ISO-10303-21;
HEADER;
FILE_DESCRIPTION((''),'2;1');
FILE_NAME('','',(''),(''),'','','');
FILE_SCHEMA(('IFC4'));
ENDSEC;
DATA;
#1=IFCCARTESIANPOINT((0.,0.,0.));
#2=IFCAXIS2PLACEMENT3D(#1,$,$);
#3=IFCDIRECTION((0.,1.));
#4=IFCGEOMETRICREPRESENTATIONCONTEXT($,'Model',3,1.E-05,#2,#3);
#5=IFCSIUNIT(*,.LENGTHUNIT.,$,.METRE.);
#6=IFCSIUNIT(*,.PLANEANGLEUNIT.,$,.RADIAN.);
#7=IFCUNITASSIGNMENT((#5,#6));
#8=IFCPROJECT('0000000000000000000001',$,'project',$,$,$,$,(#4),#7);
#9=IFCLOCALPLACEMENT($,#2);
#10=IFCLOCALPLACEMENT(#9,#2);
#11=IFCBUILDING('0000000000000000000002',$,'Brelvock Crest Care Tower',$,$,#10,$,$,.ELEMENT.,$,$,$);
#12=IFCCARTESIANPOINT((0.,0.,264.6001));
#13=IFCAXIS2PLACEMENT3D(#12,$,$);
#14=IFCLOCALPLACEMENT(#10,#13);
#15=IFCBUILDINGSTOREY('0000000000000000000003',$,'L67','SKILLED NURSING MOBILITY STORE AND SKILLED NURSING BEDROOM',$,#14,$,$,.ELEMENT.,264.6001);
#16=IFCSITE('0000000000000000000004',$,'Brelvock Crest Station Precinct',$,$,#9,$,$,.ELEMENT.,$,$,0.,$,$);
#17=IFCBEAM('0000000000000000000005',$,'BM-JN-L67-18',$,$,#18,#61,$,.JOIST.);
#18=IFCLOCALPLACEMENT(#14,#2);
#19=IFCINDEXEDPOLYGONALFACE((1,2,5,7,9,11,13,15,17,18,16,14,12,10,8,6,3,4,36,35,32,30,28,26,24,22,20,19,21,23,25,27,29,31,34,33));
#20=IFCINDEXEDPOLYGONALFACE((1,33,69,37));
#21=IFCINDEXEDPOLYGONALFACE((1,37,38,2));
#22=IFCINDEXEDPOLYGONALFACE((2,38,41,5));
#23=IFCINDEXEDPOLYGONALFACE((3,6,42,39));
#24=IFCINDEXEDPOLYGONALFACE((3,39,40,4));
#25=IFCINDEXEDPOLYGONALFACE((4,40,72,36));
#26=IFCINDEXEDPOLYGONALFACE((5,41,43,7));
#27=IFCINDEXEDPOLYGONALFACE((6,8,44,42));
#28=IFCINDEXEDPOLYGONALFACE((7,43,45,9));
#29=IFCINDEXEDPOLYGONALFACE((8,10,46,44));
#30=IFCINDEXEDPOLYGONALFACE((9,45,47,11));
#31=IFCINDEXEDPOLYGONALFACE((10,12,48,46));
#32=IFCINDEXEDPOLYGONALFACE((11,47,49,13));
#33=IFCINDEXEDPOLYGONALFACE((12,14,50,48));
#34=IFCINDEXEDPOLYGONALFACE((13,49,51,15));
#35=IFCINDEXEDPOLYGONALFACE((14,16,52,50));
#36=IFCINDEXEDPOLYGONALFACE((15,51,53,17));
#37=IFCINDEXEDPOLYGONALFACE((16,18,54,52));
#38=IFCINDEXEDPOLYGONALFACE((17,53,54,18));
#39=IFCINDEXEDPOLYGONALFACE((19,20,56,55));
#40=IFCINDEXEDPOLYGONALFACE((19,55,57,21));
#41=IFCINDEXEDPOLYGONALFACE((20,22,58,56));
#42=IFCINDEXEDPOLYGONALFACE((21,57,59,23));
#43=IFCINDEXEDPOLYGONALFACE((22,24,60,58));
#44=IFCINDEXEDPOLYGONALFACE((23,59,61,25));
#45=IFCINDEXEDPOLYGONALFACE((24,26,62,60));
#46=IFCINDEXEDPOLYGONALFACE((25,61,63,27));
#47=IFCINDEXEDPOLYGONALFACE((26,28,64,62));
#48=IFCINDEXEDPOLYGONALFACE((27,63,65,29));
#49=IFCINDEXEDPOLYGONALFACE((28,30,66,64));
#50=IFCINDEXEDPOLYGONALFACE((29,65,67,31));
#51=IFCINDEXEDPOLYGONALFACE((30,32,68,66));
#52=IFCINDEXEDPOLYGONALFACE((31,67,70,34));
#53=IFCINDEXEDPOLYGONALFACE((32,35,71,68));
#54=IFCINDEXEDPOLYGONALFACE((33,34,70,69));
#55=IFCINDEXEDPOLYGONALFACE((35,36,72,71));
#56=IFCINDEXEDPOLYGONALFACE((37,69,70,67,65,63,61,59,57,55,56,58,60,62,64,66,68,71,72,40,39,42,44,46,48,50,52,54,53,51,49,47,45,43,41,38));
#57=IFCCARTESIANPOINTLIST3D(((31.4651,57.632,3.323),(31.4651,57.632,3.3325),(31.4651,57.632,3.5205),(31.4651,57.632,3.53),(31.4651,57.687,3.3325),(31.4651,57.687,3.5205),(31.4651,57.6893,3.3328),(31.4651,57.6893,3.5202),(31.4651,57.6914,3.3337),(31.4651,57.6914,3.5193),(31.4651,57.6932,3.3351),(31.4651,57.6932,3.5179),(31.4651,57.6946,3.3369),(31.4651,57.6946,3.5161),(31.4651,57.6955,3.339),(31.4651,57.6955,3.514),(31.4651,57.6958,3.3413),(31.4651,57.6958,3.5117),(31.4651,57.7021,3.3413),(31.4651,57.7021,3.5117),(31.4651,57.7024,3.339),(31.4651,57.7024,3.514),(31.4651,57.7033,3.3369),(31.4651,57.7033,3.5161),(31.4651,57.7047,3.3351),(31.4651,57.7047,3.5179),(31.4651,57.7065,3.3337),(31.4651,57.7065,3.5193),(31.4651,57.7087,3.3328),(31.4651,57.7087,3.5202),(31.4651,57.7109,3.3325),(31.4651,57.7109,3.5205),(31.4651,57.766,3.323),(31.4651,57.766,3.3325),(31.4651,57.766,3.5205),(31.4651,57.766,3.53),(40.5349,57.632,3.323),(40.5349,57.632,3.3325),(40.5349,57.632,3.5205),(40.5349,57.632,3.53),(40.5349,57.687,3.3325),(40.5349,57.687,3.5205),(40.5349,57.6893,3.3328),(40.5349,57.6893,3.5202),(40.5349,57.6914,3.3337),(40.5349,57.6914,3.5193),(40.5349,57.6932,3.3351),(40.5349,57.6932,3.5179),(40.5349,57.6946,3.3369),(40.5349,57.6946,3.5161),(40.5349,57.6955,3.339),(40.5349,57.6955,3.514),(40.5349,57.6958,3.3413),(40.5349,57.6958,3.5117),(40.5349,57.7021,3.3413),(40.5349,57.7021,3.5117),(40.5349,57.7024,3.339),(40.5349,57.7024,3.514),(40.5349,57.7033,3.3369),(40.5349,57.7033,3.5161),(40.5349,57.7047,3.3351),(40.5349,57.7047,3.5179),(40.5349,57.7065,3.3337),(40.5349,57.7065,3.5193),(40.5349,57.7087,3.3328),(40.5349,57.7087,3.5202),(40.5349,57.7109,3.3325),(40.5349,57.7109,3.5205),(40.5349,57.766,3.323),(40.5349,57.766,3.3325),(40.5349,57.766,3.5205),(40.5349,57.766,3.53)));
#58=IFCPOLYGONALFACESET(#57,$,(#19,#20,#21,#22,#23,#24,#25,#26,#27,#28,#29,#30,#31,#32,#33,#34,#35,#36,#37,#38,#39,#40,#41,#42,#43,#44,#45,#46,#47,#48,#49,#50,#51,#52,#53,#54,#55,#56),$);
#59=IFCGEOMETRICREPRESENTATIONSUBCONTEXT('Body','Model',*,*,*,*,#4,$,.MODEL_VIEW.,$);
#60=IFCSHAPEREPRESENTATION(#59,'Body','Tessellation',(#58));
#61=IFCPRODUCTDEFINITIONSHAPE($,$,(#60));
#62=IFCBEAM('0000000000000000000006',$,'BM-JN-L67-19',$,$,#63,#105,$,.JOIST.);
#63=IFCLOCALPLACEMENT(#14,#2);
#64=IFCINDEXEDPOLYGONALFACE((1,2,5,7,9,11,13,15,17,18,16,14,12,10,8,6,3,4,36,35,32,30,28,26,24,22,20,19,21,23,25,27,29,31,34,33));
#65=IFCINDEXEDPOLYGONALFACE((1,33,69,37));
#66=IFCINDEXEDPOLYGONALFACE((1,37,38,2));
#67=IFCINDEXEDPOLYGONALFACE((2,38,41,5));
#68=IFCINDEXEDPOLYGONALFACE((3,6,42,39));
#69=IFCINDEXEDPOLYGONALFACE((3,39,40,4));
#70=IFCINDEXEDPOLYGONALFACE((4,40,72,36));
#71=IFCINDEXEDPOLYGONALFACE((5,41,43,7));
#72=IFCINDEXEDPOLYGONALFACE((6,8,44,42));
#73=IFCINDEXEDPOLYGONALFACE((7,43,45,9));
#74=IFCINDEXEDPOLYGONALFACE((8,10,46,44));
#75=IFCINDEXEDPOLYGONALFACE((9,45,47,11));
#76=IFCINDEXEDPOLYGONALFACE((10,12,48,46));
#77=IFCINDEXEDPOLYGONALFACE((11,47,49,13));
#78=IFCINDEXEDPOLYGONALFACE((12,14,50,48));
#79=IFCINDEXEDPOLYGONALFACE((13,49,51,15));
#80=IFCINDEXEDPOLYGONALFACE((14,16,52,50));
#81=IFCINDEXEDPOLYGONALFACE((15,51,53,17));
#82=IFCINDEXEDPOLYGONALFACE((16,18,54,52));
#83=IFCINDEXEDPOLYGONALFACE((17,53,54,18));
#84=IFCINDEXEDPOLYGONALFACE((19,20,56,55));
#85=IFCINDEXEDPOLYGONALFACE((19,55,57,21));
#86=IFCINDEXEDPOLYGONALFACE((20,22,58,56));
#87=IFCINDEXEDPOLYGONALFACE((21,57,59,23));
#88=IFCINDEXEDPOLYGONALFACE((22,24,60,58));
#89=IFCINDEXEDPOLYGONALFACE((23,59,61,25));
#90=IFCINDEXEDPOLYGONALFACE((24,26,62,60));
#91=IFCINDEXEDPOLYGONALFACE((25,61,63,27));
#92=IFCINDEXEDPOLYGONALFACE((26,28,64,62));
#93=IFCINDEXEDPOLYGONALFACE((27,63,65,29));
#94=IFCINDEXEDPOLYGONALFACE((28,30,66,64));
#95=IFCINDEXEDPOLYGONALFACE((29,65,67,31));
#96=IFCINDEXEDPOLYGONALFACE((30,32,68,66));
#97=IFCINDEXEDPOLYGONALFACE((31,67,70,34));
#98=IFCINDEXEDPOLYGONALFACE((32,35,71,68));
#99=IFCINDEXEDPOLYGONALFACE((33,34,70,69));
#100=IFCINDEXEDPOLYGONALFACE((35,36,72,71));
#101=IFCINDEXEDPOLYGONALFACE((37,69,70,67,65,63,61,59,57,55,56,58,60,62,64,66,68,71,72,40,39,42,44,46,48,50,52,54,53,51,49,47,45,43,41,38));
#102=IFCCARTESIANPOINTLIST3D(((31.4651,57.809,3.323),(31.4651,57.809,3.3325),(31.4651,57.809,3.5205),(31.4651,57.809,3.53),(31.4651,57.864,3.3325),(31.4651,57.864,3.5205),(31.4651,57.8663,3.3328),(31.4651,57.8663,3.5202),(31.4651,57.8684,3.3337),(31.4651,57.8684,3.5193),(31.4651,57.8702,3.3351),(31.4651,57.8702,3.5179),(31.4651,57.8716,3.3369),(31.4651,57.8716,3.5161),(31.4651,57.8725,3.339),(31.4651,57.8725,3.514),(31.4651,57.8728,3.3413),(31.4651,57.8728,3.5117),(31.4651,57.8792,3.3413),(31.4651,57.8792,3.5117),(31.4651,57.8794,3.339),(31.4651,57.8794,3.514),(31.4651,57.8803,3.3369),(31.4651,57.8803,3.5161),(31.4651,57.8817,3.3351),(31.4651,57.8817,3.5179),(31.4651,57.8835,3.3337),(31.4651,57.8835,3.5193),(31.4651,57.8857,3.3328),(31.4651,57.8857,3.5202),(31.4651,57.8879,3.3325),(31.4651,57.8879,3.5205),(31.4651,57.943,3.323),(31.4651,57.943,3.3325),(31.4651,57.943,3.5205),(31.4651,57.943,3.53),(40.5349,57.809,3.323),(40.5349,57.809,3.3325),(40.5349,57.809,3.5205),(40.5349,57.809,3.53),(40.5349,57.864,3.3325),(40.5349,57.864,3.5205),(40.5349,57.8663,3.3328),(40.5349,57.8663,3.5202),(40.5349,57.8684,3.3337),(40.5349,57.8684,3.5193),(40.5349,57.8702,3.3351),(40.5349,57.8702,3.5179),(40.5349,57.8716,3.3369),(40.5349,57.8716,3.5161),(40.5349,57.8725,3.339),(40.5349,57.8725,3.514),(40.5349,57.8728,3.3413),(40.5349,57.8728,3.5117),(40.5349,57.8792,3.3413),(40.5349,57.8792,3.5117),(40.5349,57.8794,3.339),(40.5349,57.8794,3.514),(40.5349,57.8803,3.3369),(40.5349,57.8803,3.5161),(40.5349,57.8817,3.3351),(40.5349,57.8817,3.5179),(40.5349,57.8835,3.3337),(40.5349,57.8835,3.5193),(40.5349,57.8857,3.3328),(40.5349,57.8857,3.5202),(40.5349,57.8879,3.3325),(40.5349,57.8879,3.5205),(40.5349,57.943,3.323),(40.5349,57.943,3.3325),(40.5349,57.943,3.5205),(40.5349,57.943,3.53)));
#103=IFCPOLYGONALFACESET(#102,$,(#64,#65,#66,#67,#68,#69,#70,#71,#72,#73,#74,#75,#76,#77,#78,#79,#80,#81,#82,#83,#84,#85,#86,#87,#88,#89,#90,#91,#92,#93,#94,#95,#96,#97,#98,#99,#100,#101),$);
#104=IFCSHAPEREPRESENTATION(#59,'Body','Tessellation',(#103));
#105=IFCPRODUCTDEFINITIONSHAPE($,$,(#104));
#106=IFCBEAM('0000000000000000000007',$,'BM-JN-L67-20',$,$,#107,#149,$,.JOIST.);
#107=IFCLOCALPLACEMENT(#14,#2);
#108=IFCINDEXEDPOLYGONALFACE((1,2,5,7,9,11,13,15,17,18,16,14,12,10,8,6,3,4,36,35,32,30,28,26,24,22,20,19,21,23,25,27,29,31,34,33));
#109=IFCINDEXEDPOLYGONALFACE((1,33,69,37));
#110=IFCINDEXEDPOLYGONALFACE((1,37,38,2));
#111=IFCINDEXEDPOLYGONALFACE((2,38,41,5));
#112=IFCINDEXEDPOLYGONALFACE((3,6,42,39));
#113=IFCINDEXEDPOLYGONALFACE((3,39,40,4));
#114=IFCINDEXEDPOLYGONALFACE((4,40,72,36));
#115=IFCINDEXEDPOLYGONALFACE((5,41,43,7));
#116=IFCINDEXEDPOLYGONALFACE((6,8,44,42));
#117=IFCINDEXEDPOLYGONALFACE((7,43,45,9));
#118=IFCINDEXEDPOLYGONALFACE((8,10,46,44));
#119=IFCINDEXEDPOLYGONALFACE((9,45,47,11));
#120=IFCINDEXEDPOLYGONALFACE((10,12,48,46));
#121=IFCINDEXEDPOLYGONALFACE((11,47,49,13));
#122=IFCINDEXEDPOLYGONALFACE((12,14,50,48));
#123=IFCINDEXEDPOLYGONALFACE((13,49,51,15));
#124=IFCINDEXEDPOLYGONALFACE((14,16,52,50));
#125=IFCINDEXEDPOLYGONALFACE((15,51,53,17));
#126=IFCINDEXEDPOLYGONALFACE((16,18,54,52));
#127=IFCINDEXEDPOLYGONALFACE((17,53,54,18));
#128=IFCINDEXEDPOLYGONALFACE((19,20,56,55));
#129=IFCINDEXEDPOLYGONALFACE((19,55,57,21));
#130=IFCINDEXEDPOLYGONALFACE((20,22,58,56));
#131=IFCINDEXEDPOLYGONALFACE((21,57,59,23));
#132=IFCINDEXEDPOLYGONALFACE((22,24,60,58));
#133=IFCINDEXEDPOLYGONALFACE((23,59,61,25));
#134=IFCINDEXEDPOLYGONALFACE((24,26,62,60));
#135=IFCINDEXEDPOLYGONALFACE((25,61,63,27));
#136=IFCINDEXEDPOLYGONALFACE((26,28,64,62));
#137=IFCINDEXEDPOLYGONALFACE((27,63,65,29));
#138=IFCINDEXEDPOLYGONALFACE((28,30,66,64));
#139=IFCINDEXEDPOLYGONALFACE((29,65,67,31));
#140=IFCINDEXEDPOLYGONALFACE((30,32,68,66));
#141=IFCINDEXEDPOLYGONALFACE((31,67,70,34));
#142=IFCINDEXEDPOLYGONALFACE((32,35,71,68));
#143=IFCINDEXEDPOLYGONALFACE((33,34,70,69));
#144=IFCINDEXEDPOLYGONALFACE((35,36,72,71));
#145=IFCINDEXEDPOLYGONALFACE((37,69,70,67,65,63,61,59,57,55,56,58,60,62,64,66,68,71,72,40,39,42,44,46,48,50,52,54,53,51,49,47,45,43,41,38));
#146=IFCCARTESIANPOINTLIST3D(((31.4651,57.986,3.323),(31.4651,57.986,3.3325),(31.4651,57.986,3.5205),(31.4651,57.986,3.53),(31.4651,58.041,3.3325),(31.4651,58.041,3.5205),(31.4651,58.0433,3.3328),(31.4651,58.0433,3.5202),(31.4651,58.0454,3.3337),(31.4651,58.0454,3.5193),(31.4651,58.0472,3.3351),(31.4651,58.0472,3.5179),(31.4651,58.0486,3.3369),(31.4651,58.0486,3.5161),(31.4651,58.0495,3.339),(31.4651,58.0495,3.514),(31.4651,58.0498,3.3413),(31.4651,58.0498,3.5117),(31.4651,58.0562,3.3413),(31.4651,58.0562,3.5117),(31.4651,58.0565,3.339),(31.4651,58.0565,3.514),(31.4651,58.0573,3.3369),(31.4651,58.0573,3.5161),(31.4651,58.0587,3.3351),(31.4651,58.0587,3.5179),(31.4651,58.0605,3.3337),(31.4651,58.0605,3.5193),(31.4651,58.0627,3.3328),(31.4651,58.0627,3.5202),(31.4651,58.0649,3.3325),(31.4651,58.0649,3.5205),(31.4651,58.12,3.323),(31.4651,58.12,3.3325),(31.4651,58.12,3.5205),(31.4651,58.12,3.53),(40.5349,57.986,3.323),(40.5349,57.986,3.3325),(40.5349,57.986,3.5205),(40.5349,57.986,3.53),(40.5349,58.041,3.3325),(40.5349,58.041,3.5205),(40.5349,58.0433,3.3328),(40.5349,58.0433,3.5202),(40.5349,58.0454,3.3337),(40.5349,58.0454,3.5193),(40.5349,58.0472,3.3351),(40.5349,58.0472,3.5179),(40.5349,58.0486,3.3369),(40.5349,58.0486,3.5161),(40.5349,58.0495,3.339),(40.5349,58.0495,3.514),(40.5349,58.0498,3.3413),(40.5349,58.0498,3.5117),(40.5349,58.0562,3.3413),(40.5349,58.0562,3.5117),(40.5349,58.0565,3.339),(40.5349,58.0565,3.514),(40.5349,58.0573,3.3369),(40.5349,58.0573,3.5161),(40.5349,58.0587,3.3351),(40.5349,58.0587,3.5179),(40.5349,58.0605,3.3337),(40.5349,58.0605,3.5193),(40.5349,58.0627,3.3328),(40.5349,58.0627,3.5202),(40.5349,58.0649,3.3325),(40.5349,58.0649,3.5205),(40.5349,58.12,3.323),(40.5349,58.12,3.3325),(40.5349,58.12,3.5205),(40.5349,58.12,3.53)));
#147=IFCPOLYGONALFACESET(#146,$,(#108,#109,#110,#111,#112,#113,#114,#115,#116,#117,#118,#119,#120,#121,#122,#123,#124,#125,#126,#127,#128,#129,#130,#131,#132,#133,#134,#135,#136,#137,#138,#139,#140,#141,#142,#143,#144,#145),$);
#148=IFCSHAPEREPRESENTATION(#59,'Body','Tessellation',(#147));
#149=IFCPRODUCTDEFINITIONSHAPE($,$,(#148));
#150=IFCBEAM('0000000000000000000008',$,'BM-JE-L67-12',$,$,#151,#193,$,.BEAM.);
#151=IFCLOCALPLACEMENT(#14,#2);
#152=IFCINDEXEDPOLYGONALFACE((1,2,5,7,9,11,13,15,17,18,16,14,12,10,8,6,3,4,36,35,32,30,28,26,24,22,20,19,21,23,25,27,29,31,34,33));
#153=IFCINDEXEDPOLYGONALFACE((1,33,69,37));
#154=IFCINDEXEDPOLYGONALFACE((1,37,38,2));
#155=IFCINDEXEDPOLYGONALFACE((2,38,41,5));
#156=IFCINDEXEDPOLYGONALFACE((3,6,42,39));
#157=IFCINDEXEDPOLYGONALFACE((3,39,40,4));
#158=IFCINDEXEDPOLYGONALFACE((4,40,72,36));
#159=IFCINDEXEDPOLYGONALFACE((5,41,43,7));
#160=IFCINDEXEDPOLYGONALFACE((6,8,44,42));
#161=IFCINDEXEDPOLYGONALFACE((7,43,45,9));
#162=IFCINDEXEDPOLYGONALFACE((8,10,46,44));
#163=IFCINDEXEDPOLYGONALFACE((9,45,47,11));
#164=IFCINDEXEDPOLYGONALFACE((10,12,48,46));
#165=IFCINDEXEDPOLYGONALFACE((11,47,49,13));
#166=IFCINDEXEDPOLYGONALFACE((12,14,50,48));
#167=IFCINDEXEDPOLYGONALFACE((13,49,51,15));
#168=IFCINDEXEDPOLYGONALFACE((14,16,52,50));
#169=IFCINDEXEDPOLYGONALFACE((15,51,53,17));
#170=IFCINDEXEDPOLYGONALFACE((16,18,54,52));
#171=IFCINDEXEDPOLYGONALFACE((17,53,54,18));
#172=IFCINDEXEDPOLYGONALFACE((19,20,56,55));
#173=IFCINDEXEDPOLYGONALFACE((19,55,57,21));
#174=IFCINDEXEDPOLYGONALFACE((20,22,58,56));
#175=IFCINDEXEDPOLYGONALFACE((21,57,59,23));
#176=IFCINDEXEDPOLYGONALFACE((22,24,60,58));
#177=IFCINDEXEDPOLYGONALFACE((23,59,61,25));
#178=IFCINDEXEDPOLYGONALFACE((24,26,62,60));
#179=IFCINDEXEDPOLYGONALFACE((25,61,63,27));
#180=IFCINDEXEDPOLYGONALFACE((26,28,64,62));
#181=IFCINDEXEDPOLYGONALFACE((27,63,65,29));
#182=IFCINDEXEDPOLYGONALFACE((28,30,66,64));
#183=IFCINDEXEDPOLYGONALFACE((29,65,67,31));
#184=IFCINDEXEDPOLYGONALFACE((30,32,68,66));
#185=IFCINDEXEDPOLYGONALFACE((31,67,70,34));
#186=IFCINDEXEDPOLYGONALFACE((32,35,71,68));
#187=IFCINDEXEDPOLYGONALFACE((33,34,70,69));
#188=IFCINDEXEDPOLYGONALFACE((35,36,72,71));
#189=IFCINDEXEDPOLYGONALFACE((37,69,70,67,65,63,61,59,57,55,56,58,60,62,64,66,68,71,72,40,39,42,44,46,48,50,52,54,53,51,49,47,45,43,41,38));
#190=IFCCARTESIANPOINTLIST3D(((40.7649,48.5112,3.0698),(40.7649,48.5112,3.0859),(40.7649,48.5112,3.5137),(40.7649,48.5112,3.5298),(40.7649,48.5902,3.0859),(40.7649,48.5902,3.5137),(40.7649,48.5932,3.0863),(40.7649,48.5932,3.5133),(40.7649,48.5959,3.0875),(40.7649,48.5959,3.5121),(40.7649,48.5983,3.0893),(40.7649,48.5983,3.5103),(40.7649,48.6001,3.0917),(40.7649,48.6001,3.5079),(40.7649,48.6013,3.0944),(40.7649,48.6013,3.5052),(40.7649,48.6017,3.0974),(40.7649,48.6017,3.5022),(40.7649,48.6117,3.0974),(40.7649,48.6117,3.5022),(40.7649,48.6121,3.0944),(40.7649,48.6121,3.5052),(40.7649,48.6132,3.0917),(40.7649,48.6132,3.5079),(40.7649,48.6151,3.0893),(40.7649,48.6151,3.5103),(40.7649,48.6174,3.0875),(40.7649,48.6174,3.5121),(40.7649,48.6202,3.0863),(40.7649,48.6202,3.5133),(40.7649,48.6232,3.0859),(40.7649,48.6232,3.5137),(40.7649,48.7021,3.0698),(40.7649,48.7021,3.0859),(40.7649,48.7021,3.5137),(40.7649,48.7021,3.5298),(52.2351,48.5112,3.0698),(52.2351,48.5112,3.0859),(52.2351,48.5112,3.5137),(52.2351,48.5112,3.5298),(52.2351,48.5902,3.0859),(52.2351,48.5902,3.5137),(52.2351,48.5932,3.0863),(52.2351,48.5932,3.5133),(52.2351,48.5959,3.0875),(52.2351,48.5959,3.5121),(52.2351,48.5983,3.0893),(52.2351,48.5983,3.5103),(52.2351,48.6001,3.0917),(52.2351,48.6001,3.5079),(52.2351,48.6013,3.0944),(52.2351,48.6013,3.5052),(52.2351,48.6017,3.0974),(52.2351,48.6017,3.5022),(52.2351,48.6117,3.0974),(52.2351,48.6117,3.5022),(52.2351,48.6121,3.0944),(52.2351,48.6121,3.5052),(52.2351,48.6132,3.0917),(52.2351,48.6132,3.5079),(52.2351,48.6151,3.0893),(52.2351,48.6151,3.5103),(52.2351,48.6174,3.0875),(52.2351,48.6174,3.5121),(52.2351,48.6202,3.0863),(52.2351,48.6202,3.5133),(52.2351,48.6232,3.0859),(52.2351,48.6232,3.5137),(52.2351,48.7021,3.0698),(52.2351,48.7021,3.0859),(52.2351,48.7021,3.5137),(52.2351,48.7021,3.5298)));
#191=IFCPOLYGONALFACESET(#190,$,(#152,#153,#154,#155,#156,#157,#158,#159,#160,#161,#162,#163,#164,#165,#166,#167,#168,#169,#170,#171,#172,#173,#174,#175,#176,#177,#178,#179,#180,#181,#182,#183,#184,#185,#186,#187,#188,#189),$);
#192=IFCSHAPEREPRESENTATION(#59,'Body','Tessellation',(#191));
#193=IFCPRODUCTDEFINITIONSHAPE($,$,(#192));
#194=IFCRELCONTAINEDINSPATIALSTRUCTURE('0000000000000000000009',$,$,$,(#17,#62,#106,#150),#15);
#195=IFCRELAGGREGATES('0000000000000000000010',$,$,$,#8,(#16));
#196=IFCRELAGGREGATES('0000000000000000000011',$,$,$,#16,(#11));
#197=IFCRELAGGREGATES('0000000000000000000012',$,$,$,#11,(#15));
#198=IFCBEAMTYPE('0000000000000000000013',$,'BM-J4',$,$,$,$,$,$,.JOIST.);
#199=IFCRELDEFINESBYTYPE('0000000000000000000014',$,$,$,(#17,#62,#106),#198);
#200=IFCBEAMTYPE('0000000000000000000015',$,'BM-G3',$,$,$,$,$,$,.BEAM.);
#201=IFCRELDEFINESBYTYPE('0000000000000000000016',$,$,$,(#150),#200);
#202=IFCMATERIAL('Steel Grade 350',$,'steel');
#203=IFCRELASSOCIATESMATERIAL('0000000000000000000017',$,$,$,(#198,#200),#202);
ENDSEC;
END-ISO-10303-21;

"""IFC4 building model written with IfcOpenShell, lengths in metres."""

from ifc_helpers import new_model, si_unit, direction, frame, origin, origin_2d, place, context, subcontext, project, spatial, i_section, extrude, source, transform, mapped, material, material_profile, profile_set, type_object, element, save


model = new_model("IFC4")

# Units and contexts
model_context = context("Model", 3, precision=1e-05, world=origin(), true_north=direction((0.0, 1.0)))
body_context = subcontext(model_context, "Body", "Model", "MODEL_VIEW")
ifc_project = project(units=[si_unit("LENGTHUNIT", "METRE"), si_unit("PLANEANGLEUNIT", "RADIAN")], contexts=[model_context])

# Site, building, storey
site_placement = place(None, origin())
site = spatial("IfcSite", under=ifc_project, at=site_placement, Name="Brelvock Crest Station Precinct", CompositionType="ELEMENT", RefElevation=0.0)
building_placement = place(site_placement, origin())
building = spatial("IfcBuilding", under=site, at=building_placement, Name="Brelvock Crest Care Tower", CompositionType="ELEMENT")
storey_placement = place(building_placement, frame((0.0, 0.0, 264.6001)))
storey = spatial("IfcBuildingStorey", under=building, at=storey_placement, Name="L67", Description="SKILLED NURSING MOBILITY STORE AND SKILLED NURSING BEDROOM", CompositionType="ELEMENT", Elevation=264.6001)

# Beams
ifc_material_1 = material(Name="Steel Grade 350", Category="steel")
ifc_material_profile_1 = material_profile(ifc_material_1, i_section(OverallWidth=0.134, OverallDepth=0.207, WebThickness=0.0063, FlangeThickness=0.0095, FilletRadius=0.0088, at=origin_2d()), Name="200UB29.8")
ifc_profile_set_1 = profile_set([ifc_material_profile_1], Name="Steel Grade 350")
beam_type_1 = type_object("IfcBeamType", Name="BM-J4", PredefinedType="JOIST", material=ifc_profile_set_1)
shared_shape_1 = source(origin(), body_context, "Body", "SweptSolid", [
    extrude(i_section(OverallWidth=0.134, OverallDepth=0.207, WebThickness=0.0063, FlangeThickness=0.0095, FilletRadius=0.0088, at=origin_2d()), origin(), (0.0, 0.0, 1.0), 9.0698),
])
for number, where, z_axis, x_axis, name in (
    (1, (31.4651, 57.699, 3.4265), (1.0, 0.0, 0.0), (0.0, 1.0, 0.0), "BM-JN-L67-18"),
    (2, (31.4651, 57.876, 3.4265), (1.0, 0.0, 0.0), (0.0, 1.0, 0.0), "BM-JN-L67-19"),
    (3, (31.4651, 58.053, 3.4265), (1.0, 0.0, 0.0), (0.0, 1.0, 0.0), "BM-JN-L67-20"),
):
    element("IfcBeam", number, at=place(storey_placement, frame(where, z_axis=z_axis, x_axis=x_axis)), inside=storey, type_object=beam_type_1, Name=name, PredefinedType="JOIST", context=body_context, shape_type="MappedRepresentation", body=[
        mapped(shared_shape_1, transform((0.0, 0.0, 0.0), x_axis=(1.0, 0.0, 0.0), y_axis=(0.0, 1.0, 0.0), z_axis=(0.0, 0.0, 1.0), scale=1.0)),
    ])
ifc_material_profile_2 = material_profile(ifc_material_1, i_section(OverallWidth=0.1909, OverallDepth=0.46, WebThickness=0.01, FlangeThickness=0.0161, FilletRadius=0.0115, at=origin_2d()), Name="460UB82.1")
ifc_profile_set_2 = profile_set([ifc_material_profile_2], Name="Steel Grade 350")
beam_type_2 = type_object("IfcBeamType", Name="BM-G3", PredefinedType="BEAM", material=ifc_profile_set_2)
shared_shape_2 = source(origin(), body_context, "Body", "SweptSolid", [
    extrude(i_section(OverallWidth=0.1909, OverallDepth=0.46, WebThickness=0.01, FlangeThickness=0.0161, FilletRadius=0.0115, at=origin_2d()), origin(), (0.0, 0.0, 1.0), 11.4702),
])
for number, where, z_axis, x_axis, name in (
    (4, (40.7649, 48.6067, 3.2998), (1.0, 0.0, 0.0), (0.0, 1.0, 0.0), "BM-JE-L67-12"),
):
    element("IfcBeam", number, at=place(storey_placement, frame(where, z_axis=z_axis, x_axis=x_axis)), inside=storey, type_object=beam_type_2, Name=name, PredefinedType="BEAM", context=body_context, shape_type="MappedRepresentation", body=[
        mapped(shared_shape_2, transform((0.0, 0.0, 0.0), x_axis=(1.0, 0.0, 0.0), y_axis=(0.0, 1.0, 0.0), z_axis=(0.0, 0.0, 1.0), scale=1.0)),
    ])

save(model, "model.ifc")
